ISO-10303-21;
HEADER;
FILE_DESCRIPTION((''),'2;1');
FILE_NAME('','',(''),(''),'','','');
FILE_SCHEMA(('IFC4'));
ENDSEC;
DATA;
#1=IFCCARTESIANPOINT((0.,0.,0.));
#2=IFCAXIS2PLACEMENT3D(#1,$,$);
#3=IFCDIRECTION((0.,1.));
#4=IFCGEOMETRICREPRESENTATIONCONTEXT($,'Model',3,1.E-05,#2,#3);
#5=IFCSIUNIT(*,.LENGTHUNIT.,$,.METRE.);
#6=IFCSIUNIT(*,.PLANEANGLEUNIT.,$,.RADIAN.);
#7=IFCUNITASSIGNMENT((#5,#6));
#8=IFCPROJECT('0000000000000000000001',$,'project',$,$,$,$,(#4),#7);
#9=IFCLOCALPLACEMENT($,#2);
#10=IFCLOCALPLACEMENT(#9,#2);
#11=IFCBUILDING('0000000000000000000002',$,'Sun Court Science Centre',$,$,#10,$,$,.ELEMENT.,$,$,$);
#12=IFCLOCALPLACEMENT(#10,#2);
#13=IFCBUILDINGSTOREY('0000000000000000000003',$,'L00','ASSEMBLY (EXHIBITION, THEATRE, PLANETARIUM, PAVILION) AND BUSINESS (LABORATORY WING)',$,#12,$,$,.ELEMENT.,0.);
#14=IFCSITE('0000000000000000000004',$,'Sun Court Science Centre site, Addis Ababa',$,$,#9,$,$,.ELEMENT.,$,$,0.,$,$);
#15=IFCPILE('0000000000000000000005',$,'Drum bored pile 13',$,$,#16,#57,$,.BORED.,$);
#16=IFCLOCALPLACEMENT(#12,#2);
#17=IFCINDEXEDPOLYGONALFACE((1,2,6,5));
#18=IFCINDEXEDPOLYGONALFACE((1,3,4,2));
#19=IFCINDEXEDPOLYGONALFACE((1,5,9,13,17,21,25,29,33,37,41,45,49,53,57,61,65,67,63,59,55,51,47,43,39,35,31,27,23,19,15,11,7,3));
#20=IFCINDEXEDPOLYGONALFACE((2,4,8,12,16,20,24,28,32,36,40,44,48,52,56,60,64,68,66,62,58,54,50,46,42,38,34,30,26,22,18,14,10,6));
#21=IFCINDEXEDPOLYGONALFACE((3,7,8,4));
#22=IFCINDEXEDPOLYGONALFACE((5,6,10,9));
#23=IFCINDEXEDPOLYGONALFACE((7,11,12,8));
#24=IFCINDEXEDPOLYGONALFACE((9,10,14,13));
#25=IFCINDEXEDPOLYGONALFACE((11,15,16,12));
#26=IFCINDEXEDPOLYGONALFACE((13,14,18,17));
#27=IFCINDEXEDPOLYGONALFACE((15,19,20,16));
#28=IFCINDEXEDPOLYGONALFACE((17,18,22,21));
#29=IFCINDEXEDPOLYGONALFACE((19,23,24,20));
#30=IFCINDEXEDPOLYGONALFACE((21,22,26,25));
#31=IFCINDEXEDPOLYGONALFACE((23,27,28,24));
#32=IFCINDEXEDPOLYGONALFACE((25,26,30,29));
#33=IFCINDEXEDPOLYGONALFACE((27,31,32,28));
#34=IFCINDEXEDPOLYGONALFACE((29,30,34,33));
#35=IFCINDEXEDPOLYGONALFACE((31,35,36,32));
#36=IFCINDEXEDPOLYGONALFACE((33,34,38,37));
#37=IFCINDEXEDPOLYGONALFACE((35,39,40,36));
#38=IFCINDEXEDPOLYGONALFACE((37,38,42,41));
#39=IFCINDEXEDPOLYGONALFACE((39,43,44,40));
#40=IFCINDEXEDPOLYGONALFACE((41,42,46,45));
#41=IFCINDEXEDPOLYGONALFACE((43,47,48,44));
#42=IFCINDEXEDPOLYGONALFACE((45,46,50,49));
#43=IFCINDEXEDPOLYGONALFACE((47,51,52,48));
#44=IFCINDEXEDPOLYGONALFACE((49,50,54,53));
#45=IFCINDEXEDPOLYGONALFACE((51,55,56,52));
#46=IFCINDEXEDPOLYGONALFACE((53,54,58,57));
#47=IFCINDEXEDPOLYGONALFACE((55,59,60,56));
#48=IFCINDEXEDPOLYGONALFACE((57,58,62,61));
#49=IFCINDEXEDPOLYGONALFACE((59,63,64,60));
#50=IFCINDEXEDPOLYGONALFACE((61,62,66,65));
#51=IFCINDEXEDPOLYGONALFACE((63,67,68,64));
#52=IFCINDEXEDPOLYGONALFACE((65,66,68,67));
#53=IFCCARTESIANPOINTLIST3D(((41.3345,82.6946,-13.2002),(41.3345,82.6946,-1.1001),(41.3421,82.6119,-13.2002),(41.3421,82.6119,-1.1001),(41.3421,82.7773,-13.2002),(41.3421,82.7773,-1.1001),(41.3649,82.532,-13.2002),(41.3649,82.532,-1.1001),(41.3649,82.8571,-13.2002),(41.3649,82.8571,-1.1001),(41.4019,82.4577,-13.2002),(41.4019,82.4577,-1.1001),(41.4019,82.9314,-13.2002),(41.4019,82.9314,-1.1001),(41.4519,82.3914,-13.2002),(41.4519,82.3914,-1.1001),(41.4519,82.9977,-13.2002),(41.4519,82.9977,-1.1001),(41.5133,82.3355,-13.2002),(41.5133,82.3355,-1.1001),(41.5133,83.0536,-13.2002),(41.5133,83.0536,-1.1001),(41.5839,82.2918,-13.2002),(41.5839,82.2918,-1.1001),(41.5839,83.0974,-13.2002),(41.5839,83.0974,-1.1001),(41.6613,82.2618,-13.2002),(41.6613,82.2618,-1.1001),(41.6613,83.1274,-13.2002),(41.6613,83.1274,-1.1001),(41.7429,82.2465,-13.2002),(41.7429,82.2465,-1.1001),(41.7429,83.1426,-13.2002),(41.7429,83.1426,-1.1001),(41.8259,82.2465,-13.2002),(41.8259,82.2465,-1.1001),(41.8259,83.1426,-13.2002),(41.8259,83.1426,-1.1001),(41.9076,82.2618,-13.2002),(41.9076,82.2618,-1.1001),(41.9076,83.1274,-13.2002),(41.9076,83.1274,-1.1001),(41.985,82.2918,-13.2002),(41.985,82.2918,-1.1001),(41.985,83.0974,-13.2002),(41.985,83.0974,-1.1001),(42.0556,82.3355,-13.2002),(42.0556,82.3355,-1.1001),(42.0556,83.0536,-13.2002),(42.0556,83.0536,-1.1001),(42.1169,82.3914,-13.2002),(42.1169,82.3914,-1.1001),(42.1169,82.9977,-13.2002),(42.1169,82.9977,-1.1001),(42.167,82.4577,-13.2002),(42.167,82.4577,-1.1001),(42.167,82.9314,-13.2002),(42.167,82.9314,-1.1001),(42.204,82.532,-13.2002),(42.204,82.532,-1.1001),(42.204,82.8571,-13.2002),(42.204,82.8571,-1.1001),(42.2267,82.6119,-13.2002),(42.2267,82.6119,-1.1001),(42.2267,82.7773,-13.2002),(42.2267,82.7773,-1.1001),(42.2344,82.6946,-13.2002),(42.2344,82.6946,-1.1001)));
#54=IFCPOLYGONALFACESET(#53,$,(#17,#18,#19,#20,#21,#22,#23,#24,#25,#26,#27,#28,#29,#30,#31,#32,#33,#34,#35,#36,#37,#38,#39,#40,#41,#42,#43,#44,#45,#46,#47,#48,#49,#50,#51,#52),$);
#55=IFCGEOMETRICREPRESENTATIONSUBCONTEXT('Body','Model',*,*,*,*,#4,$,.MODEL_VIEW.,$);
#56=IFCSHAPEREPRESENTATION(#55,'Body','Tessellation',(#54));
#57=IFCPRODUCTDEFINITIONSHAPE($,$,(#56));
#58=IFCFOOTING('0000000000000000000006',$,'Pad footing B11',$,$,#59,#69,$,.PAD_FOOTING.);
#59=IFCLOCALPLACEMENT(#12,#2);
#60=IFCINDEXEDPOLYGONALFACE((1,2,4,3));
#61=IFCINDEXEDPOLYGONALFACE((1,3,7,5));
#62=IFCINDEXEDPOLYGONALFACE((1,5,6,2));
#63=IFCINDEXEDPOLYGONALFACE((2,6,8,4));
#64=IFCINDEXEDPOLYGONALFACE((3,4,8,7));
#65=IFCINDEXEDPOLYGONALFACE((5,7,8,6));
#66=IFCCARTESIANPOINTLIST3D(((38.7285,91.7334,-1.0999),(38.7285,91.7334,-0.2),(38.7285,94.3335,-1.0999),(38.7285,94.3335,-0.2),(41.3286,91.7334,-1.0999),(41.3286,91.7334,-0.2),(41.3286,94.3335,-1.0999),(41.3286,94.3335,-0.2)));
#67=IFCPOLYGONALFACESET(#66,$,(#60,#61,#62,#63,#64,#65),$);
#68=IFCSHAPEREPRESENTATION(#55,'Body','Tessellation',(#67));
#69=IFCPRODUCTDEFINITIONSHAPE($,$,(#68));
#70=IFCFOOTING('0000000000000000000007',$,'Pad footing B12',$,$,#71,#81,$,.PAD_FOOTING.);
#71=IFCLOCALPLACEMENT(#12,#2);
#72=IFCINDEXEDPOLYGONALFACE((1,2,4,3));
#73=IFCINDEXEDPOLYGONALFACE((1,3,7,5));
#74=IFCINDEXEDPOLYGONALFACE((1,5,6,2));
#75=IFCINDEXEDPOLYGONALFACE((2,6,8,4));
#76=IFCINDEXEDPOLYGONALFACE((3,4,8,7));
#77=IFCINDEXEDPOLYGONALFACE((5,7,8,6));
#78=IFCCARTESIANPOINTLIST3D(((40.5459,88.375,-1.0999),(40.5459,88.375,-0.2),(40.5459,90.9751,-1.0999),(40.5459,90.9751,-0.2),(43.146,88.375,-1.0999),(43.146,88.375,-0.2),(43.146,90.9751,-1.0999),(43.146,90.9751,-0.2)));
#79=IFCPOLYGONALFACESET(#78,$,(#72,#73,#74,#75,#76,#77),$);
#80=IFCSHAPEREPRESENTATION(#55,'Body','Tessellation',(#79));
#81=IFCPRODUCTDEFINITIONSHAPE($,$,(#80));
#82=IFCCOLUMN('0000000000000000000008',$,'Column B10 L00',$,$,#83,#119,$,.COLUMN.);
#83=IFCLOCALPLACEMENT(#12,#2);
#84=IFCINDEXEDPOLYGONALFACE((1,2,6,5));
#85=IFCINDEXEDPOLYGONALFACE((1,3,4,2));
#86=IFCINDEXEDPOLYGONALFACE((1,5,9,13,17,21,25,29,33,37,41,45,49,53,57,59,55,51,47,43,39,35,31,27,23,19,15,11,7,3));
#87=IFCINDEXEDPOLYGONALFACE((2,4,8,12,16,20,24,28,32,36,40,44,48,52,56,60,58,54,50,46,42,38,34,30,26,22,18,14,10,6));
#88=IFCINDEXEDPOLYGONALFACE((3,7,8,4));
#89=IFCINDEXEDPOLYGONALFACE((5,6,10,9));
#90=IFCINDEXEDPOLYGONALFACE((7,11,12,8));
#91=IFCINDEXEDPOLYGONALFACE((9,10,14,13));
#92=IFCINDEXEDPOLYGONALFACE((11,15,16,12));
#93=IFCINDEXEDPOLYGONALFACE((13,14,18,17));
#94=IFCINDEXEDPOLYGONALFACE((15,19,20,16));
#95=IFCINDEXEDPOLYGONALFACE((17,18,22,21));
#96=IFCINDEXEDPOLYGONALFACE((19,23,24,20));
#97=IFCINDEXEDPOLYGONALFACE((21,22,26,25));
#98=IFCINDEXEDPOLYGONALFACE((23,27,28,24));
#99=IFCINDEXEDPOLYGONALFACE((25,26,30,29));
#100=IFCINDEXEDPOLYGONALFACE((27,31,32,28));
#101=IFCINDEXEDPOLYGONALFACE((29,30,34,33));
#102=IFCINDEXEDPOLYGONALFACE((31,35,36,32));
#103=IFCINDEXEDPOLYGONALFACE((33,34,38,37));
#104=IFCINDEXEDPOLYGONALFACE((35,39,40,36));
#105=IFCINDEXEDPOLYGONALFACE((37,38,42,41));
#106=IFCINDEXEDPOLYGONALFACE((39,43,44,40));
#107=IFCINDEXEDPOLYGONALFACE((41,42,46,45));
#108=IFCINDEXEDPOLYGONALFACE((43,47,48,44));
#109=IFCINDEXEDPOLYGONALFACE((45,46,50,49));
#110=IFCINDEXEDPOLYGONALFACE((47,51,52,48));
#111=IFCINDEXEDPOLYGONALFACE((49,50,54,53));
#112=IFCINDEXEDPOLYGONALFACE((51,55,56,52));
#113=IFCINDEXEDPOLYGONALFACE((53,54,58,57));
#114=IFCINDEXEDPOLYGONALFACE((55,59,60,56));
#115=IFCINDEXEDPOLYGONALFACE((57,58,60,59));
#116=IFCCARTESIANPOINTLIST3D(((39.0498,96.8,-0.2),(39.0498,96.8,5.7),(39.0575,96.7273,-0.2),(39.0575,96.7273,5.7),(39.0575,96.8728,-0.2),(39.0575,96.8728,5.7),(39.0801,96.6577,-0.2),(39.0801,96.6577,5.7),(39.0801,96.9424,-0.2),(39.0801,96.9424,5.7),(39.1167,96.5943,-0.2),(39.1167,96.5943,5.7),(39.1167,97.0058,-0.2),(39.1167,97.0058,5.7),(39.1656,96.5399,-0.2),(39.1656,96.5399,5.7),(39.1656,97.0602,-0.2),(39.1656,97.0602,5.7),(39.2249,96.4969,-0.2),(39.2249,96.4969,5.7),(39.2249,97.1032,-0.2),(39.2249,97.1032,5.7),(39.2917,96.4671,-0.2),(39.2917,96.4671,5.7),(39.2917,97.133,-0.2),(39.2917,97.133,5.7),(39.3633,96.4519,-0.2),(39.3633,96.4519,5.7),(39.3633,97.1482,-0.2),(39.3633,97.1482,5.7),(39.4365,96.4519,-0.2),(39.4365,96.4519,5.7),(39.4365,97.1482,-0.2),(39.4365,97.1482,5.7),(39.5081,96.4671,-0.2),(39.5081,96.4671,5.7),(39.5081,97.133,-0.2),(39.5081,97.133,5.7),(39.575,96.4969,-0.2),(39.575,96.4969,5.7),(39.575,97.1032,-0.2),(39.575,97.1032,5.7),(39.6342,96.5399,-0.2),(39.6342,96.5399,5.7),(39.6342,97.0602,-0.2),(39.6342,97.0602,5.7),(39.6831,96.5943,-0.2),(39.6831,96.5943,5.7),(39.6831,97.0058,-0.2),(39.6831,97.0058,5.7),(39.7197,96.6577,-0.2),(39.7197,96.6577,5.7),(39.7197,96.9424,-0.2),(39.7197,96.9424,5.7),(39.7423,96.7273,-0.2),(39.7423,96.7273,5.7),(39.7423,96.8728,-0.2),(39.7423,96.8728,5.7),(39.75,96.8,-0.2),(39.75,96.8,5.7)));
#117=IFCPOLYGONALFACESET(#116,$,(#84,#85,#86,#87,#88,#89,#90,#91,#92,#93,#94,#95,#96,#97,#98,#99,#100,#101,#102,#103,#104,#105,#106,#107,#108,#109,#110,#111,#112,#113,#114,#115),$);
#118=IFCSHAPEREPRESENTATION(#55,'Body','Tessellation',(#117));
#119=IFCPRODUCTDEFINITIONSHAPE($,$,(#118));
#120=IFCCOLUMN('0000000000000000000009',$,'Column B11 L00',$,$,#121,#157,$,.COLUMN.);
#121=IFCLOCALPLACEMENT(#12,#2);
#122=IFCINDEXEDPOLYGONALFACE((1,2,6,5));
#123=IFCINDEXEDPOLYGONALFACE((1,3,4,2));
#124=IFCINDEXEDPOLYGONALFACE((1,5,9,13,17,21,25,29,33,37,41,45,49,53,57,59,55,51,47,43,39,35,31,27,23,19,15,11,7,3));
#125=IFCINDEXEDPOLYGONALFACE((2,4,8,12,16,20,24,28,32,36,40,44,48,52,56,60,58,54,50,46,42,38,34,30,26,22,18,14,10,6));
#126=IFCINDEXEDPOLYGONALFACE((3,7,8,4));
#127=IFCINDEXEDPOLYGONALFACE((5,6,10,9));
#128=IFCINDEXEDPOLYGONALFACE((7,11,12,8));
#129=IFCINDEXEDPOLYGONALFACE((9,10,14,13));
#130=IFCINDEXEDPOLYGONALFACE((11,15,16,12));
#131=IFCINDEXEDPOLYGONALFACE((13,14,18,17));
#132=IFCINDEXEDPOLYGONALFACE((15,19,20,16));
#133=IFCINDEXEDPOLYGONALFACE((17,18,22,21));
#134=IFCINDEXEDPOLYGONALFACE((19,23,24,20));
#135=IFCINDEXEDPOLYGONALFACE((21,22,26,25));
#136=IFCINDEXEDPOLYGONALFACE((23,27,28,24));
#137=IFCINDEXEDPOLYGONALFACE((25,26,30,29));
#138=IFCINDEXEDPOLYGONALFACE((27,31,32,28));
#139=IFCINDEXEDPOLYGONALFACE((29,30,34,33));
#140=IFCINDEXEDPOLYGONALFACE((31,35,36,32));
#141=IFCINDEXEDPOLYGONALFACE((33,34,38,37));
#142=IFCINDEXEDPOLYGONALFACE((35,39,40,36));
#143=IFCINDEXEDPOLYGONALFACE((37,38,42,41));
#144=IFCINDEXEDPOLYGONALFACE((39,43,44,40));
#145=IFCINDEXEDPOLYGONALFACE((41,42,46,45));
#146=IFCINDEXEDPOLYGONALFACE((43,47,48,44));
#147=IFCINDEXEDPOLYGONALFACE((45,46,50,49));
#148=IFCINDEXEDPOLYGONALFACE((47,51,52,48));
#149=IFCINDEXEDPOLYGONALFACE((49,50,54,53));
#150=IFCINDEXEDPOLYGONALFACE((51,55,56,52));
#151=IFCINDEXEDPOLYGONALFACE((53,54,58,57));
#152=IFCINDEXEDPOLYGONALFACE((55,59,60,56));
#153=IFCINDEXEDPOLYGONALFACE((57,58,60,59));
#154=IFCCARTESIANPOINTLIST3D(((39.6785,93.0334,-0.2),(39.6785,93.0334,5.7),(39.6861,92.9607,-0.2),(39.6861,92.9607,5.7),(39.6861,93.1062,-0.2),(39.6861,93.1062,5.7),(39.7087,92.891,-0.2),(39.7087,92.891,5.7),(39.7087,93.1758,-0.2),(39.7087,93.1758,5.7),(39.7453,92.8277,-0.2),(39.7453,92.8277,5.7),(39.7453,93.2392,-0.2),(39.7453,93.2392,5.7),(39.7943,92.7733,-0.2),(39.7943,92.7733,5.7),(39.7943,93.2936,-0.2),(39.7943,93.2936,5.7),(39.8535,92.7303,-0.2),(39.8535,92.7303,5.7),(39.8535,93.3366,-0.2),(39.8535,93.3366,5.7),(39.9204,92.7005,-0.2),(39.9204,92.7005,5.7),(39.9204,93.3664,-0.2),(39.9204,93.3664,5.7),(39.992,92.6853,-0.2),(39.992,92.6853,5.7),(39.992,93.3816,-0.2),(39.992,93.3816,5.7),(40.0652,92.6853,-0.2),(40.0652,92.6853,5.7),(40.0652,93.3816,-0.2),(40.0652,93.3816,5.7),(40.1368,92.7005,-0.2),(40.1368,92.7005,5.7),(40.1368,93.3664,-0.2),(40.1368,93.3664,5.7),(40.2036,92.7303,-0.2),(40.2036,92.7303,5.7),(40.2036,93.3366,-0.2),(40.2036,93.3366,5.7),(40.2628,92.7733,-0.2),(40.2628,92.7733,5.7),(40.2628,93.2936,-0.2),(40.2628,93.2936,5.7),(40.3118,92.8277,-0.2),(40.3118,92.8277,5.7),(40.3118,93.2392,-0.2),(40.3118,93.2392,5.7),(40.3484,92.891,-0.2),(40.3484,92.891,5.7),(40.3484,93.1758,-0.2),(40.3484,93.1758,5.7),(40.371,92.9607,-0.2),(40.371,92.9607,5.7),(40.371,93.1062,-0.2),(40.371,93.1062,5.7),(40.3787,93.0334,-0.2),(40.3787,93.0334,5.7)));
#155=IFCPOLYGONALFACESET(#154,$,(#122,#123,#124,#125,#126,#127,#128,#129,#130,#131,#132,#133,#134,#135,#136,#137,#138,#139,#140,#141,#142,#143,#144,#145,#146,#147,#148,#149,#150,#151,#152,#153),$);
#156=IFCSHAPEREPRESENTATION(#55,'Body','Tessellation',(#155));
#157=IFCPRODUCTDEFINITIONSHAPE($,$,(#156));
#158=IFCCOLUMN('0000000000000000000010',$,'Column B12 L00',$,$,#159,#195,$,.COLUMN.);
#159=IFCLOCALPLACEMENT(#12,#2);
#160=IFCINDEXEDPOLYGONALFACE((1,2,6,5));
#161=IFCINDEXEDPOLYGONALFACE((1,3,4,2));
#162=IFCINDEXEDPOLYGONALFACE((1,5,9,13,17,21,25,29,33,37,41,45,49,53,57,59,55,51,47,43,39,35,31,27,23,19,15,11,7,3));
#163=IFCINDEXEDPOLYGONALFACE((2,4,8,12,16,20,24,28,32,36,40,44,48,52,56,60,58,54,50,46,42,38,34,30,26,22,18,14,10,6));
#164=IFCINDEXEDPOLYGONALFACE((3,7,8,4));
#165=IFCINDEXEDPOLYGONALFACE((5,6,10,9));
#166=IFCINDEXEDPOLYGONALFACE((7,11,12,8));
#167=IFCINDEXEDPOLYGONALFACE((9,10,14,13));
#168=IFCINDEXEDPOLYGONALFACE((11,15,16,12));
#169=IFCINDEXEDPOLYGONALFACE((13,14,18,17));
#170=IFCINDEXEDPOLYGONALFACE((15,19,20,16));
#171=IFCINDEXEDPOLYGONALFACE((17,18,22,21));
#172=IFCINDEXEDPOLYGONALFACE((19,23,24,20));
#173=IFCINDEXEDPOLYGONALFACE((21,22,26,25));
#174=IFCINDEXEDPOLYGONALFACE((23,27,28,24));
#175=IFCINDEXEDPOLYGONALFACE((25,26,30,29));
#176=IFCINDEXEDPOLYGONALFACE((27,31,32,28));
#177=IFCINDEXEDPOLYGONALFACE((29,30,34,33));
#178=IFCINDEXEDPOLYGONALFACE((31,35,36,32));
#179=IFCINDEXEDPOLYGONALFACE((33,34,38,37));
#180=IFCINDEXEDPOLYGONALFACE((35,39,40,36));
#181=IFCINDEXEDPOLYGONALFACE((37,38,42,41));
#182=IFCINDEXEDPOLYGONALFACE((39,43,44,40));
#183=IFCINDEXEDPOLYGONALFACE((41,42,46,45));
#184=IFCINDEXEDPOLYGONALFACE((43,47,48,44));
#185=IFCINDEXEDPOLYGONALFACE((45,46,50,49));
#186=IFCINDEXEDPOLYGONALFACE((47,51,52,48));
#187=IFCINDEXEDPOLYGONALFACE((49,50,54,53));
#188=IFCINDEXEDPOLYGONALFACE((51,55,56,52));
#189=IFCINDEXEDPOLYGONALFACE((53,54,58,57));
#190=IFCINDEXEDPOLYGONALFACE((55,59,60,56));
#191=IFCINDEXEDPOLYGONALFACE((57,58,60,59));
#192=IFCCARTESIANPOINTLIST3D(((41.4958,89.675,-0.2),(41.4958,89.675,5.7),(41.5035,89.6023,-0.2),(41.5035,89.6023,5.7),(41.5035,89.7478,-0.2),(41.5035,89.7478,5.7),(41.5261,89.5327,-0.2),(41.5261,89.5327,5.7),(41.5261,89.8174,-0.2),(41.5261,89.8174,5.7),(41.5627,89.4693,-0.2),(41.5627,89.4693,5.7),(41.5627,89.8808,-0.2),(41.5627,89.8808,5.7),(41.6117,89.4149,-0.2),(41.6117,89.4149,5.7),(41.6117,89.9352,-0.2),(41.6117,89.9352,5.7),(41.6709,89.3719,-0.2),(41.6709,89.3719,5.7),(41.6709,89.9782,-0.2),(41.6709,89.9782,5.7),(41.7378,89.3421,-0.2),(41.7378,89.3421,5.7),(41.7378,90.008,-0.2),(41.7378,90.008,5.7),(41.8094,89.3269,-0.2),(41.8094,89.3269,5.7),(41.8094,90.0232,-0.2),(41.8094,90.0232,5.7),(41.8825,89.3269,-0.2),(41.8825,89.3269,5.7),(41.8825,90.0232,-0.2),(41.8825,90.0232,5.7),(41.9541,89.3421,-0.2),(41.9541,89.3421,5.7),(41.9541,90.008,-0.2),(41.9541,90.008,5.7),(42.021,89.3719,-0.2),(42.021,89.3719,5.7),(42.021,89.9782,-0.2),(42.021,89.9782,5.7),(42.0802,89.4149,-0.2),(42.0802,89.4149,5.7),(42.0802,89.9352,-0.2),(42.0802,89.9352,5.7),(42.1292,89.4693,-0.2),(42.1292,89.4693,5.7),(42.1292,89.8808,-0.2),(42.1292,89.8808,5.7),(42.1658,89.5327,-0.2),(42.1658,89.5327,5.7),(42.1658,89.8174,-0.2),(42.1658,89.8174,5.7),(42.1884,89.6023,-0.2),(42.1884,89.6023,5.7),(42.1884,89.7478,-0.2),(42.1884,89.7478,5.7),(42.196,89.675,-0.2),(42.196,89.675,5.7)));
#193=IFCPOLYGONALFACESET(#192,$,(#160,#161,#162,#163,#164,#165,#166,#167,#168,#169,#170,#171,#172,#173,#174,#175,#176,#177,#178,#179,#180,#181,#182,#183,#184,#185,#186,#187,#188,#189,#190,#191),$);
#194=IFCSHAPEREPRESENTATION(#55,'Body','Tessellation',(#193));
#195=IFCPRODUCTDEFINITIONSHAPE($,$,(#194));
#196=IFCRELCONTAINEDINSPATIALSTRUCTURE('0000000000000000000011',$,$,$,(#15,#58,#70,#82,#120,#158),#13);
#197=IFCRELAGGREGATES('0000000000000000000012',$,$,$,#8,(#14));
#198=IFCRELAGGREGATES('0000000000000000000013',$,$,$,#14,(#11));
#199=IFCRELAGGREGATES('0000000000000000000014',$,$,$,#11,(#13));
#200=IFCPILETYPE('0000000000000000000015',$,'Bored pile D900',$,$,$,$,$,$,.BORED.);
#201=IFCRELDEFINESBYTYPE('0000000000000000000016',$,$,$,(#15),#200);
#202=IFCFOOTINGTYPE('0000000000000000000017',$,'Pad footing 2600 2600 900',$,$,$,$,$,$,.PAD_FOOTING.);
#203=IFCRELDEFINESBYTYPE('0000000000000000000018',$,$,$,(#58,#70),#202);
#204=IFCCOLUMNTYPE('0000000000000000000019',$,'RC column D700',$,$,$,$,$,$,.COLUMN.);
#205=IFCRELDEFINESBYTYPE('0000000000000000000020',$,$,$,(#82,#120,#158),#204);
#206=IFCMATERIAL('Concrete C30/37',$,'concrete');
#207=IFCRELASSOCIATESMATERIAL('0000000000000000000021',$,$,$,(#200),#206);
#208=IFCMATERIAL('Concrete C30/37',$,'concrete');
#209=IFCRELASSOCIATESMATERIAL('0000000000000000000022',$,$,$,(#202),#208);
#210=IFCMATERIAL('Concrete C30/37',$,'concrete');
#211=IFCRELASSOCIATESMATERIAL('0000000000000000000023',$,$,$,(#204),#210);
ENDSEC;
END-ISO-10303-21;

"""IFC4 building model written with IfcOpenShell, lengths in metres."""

from ifc_helpers import new_model, si_unit, direction, frame, origin, origin_2d, place, context, subcontext, project, spatial, rectangle, circle, extrude, material, material_profile, profile_set, type_object, element, save


model = new_model("IFC4")

# Units and contexts
model_context = context("Model", 3, precision=1e-05, world=origin(), true_north=direction((0.0, 1.0)))
body_context = subcontext(model_context, "Body", "Model", "MODEL_VIEW")
ifc_project = project(units=[si_unit("LENGTHUNIT", "METRE"), si_unit("PLANEANGLEUNIT", "RADIAN")], contexts=[model_context])

# Site, building, storey
site_placement = place(None, origin())
site = spatial("IfcSite", under=ifc_project, at=site_placement, Name="Sun Court Science Centre site, Addis Ababa", CompositionType="ELEMENT", RefElevation=0.0)
building_placement = place(site_placement, origin())
building = spatial("IfcBuilding", under=site, at=building_placement, Name="Sun Court Science Centre", CompositionType="ELEMENT")
storey_placement = place(building_placement, origin())
storey = spatial("IfcBuildingStorey", under=building, at=storey_placement, Name="L00", Description="ASSEMBLY (EXHIBITION, THEATRE, PLANETARIUM, PAVILION) AND BUSINESS (LABORATORY WING)", CompositionType="ELEMENT", Elevation=0.0)

# Pile
ifc_material_1 = material(Name="Concrete C30/37", Category="concrete")
ifc_material_profile_1 = material_profile(ifc_material_1, circle(Radius=0.45, at=origin_2d()), Name="RC D900")
ifc_profile_set_1 = profile_set([ifc_material_profile_1], Name="Concrete C30/37")
pile_type = type_object("IfcPileType", Name="Bored pile D900", PredefinedType="BORED", material=ifc_profile_set_1)
pile_placement = place(storey_placement, frame((41.7844, 82.6946, -1.1001), z_axis=(0.0, 0.0, -1.0), x_axis=(1.0, 0.0, 0.0)))
element("IfcPile", 1, at=pile_placement, inside=storey, type_object=pile_type, Name="Drum bored pile 13", PredefinedType="BORED", context=body_context, shape_type="SweptSolid", body=[
    extrude(circle(Radius=0.45, at=origin_2d()), origin(), (0.0, 0.0, 1.0), 12.1001),
])

# Footings
ifc_material_2 = material(Name="Concrete C30/37", Category="concrete")
footing_type = type_object("IfcFootingType", Name="Pad footing 2600 2600 900", PredefinedType="PAD_FOOTING", material=ifc_material_2)
for number, where, z_axis, x_axis, name in (
    (2, (40.0286, 93.0334, -1.0999), (0.0, 0.0, 1.0), (1.0, 0.0, 0.0), "Pad footing B11"),
    (3, (41.8459, 89.675, -1.0999), (0.0, 0.0, 1.0), (1.0, 0.0, 0.0), "Pad footing B12"),
):
    element("IfcFooting", number, at=place(storey_placement, frame(where, z_axis=z_axis, x_axis=x_axis)), inside=storey, type_object=footing_type, Name=name, PredefinedType="PAD_FOOTING", context=body_context, shape_type="SweptSolid", body=[
        extrude(rectangle(XDim=2.6001, YDim=2.6001, at=origin_2d()), origin(), (0.0, 0.0, 1.0), 0.8999),
    ])

# Columns
ifc_material_3 = material(Name="Concrete C30/37", Category="concrete")
ifc_material_profile_2 = material_profile(ifc_material_3, circle(Radius=0.3501, at=origin_2d()), Name="RC D700")
ifc_profile_set_2 = profile_set([ifc_material_profile_2], Name="Concrete C30/37")
column_type_1 = type_object("IfcColumnType", Name="RC column D700", PredefinedType="COLUMN", material=ifc_profile_set_2)
for number, where, z_axis, x_axis, name in (
    (4, (39.3999, 96.8, -0.2), (0.0, 0.0, 1.0), (1.0, 0.0, 0.0), "Column B10 L00"),
    (5, (40.0286, 93.0334, -0.2), (0.0, 0.0, 1.0), (1.0, 0.0, 0.0), "Column B11 L00"),
    (6, (41.8459, 89.675, -0.2), (0.0, 0.0, 1.0), (1.0, 0.0, 0.0), "Column B12 L00"),
):
    element("IfcColumn", number, at=place(storey_placement, frame(where, z_axis=z_axis, x_axis=x_axis)), inside=storey, type_object=column_type_1, Name=name, PredefinedType="COLUMN", context=body_context, shape_type="SweptSolid", body=[
        extrude(circle(Radius=0.3501, at=origin_2d()), origin(), (0.0, 0.0, 1.0), 5.8999),
    ])

save(model, "model.ifc")
